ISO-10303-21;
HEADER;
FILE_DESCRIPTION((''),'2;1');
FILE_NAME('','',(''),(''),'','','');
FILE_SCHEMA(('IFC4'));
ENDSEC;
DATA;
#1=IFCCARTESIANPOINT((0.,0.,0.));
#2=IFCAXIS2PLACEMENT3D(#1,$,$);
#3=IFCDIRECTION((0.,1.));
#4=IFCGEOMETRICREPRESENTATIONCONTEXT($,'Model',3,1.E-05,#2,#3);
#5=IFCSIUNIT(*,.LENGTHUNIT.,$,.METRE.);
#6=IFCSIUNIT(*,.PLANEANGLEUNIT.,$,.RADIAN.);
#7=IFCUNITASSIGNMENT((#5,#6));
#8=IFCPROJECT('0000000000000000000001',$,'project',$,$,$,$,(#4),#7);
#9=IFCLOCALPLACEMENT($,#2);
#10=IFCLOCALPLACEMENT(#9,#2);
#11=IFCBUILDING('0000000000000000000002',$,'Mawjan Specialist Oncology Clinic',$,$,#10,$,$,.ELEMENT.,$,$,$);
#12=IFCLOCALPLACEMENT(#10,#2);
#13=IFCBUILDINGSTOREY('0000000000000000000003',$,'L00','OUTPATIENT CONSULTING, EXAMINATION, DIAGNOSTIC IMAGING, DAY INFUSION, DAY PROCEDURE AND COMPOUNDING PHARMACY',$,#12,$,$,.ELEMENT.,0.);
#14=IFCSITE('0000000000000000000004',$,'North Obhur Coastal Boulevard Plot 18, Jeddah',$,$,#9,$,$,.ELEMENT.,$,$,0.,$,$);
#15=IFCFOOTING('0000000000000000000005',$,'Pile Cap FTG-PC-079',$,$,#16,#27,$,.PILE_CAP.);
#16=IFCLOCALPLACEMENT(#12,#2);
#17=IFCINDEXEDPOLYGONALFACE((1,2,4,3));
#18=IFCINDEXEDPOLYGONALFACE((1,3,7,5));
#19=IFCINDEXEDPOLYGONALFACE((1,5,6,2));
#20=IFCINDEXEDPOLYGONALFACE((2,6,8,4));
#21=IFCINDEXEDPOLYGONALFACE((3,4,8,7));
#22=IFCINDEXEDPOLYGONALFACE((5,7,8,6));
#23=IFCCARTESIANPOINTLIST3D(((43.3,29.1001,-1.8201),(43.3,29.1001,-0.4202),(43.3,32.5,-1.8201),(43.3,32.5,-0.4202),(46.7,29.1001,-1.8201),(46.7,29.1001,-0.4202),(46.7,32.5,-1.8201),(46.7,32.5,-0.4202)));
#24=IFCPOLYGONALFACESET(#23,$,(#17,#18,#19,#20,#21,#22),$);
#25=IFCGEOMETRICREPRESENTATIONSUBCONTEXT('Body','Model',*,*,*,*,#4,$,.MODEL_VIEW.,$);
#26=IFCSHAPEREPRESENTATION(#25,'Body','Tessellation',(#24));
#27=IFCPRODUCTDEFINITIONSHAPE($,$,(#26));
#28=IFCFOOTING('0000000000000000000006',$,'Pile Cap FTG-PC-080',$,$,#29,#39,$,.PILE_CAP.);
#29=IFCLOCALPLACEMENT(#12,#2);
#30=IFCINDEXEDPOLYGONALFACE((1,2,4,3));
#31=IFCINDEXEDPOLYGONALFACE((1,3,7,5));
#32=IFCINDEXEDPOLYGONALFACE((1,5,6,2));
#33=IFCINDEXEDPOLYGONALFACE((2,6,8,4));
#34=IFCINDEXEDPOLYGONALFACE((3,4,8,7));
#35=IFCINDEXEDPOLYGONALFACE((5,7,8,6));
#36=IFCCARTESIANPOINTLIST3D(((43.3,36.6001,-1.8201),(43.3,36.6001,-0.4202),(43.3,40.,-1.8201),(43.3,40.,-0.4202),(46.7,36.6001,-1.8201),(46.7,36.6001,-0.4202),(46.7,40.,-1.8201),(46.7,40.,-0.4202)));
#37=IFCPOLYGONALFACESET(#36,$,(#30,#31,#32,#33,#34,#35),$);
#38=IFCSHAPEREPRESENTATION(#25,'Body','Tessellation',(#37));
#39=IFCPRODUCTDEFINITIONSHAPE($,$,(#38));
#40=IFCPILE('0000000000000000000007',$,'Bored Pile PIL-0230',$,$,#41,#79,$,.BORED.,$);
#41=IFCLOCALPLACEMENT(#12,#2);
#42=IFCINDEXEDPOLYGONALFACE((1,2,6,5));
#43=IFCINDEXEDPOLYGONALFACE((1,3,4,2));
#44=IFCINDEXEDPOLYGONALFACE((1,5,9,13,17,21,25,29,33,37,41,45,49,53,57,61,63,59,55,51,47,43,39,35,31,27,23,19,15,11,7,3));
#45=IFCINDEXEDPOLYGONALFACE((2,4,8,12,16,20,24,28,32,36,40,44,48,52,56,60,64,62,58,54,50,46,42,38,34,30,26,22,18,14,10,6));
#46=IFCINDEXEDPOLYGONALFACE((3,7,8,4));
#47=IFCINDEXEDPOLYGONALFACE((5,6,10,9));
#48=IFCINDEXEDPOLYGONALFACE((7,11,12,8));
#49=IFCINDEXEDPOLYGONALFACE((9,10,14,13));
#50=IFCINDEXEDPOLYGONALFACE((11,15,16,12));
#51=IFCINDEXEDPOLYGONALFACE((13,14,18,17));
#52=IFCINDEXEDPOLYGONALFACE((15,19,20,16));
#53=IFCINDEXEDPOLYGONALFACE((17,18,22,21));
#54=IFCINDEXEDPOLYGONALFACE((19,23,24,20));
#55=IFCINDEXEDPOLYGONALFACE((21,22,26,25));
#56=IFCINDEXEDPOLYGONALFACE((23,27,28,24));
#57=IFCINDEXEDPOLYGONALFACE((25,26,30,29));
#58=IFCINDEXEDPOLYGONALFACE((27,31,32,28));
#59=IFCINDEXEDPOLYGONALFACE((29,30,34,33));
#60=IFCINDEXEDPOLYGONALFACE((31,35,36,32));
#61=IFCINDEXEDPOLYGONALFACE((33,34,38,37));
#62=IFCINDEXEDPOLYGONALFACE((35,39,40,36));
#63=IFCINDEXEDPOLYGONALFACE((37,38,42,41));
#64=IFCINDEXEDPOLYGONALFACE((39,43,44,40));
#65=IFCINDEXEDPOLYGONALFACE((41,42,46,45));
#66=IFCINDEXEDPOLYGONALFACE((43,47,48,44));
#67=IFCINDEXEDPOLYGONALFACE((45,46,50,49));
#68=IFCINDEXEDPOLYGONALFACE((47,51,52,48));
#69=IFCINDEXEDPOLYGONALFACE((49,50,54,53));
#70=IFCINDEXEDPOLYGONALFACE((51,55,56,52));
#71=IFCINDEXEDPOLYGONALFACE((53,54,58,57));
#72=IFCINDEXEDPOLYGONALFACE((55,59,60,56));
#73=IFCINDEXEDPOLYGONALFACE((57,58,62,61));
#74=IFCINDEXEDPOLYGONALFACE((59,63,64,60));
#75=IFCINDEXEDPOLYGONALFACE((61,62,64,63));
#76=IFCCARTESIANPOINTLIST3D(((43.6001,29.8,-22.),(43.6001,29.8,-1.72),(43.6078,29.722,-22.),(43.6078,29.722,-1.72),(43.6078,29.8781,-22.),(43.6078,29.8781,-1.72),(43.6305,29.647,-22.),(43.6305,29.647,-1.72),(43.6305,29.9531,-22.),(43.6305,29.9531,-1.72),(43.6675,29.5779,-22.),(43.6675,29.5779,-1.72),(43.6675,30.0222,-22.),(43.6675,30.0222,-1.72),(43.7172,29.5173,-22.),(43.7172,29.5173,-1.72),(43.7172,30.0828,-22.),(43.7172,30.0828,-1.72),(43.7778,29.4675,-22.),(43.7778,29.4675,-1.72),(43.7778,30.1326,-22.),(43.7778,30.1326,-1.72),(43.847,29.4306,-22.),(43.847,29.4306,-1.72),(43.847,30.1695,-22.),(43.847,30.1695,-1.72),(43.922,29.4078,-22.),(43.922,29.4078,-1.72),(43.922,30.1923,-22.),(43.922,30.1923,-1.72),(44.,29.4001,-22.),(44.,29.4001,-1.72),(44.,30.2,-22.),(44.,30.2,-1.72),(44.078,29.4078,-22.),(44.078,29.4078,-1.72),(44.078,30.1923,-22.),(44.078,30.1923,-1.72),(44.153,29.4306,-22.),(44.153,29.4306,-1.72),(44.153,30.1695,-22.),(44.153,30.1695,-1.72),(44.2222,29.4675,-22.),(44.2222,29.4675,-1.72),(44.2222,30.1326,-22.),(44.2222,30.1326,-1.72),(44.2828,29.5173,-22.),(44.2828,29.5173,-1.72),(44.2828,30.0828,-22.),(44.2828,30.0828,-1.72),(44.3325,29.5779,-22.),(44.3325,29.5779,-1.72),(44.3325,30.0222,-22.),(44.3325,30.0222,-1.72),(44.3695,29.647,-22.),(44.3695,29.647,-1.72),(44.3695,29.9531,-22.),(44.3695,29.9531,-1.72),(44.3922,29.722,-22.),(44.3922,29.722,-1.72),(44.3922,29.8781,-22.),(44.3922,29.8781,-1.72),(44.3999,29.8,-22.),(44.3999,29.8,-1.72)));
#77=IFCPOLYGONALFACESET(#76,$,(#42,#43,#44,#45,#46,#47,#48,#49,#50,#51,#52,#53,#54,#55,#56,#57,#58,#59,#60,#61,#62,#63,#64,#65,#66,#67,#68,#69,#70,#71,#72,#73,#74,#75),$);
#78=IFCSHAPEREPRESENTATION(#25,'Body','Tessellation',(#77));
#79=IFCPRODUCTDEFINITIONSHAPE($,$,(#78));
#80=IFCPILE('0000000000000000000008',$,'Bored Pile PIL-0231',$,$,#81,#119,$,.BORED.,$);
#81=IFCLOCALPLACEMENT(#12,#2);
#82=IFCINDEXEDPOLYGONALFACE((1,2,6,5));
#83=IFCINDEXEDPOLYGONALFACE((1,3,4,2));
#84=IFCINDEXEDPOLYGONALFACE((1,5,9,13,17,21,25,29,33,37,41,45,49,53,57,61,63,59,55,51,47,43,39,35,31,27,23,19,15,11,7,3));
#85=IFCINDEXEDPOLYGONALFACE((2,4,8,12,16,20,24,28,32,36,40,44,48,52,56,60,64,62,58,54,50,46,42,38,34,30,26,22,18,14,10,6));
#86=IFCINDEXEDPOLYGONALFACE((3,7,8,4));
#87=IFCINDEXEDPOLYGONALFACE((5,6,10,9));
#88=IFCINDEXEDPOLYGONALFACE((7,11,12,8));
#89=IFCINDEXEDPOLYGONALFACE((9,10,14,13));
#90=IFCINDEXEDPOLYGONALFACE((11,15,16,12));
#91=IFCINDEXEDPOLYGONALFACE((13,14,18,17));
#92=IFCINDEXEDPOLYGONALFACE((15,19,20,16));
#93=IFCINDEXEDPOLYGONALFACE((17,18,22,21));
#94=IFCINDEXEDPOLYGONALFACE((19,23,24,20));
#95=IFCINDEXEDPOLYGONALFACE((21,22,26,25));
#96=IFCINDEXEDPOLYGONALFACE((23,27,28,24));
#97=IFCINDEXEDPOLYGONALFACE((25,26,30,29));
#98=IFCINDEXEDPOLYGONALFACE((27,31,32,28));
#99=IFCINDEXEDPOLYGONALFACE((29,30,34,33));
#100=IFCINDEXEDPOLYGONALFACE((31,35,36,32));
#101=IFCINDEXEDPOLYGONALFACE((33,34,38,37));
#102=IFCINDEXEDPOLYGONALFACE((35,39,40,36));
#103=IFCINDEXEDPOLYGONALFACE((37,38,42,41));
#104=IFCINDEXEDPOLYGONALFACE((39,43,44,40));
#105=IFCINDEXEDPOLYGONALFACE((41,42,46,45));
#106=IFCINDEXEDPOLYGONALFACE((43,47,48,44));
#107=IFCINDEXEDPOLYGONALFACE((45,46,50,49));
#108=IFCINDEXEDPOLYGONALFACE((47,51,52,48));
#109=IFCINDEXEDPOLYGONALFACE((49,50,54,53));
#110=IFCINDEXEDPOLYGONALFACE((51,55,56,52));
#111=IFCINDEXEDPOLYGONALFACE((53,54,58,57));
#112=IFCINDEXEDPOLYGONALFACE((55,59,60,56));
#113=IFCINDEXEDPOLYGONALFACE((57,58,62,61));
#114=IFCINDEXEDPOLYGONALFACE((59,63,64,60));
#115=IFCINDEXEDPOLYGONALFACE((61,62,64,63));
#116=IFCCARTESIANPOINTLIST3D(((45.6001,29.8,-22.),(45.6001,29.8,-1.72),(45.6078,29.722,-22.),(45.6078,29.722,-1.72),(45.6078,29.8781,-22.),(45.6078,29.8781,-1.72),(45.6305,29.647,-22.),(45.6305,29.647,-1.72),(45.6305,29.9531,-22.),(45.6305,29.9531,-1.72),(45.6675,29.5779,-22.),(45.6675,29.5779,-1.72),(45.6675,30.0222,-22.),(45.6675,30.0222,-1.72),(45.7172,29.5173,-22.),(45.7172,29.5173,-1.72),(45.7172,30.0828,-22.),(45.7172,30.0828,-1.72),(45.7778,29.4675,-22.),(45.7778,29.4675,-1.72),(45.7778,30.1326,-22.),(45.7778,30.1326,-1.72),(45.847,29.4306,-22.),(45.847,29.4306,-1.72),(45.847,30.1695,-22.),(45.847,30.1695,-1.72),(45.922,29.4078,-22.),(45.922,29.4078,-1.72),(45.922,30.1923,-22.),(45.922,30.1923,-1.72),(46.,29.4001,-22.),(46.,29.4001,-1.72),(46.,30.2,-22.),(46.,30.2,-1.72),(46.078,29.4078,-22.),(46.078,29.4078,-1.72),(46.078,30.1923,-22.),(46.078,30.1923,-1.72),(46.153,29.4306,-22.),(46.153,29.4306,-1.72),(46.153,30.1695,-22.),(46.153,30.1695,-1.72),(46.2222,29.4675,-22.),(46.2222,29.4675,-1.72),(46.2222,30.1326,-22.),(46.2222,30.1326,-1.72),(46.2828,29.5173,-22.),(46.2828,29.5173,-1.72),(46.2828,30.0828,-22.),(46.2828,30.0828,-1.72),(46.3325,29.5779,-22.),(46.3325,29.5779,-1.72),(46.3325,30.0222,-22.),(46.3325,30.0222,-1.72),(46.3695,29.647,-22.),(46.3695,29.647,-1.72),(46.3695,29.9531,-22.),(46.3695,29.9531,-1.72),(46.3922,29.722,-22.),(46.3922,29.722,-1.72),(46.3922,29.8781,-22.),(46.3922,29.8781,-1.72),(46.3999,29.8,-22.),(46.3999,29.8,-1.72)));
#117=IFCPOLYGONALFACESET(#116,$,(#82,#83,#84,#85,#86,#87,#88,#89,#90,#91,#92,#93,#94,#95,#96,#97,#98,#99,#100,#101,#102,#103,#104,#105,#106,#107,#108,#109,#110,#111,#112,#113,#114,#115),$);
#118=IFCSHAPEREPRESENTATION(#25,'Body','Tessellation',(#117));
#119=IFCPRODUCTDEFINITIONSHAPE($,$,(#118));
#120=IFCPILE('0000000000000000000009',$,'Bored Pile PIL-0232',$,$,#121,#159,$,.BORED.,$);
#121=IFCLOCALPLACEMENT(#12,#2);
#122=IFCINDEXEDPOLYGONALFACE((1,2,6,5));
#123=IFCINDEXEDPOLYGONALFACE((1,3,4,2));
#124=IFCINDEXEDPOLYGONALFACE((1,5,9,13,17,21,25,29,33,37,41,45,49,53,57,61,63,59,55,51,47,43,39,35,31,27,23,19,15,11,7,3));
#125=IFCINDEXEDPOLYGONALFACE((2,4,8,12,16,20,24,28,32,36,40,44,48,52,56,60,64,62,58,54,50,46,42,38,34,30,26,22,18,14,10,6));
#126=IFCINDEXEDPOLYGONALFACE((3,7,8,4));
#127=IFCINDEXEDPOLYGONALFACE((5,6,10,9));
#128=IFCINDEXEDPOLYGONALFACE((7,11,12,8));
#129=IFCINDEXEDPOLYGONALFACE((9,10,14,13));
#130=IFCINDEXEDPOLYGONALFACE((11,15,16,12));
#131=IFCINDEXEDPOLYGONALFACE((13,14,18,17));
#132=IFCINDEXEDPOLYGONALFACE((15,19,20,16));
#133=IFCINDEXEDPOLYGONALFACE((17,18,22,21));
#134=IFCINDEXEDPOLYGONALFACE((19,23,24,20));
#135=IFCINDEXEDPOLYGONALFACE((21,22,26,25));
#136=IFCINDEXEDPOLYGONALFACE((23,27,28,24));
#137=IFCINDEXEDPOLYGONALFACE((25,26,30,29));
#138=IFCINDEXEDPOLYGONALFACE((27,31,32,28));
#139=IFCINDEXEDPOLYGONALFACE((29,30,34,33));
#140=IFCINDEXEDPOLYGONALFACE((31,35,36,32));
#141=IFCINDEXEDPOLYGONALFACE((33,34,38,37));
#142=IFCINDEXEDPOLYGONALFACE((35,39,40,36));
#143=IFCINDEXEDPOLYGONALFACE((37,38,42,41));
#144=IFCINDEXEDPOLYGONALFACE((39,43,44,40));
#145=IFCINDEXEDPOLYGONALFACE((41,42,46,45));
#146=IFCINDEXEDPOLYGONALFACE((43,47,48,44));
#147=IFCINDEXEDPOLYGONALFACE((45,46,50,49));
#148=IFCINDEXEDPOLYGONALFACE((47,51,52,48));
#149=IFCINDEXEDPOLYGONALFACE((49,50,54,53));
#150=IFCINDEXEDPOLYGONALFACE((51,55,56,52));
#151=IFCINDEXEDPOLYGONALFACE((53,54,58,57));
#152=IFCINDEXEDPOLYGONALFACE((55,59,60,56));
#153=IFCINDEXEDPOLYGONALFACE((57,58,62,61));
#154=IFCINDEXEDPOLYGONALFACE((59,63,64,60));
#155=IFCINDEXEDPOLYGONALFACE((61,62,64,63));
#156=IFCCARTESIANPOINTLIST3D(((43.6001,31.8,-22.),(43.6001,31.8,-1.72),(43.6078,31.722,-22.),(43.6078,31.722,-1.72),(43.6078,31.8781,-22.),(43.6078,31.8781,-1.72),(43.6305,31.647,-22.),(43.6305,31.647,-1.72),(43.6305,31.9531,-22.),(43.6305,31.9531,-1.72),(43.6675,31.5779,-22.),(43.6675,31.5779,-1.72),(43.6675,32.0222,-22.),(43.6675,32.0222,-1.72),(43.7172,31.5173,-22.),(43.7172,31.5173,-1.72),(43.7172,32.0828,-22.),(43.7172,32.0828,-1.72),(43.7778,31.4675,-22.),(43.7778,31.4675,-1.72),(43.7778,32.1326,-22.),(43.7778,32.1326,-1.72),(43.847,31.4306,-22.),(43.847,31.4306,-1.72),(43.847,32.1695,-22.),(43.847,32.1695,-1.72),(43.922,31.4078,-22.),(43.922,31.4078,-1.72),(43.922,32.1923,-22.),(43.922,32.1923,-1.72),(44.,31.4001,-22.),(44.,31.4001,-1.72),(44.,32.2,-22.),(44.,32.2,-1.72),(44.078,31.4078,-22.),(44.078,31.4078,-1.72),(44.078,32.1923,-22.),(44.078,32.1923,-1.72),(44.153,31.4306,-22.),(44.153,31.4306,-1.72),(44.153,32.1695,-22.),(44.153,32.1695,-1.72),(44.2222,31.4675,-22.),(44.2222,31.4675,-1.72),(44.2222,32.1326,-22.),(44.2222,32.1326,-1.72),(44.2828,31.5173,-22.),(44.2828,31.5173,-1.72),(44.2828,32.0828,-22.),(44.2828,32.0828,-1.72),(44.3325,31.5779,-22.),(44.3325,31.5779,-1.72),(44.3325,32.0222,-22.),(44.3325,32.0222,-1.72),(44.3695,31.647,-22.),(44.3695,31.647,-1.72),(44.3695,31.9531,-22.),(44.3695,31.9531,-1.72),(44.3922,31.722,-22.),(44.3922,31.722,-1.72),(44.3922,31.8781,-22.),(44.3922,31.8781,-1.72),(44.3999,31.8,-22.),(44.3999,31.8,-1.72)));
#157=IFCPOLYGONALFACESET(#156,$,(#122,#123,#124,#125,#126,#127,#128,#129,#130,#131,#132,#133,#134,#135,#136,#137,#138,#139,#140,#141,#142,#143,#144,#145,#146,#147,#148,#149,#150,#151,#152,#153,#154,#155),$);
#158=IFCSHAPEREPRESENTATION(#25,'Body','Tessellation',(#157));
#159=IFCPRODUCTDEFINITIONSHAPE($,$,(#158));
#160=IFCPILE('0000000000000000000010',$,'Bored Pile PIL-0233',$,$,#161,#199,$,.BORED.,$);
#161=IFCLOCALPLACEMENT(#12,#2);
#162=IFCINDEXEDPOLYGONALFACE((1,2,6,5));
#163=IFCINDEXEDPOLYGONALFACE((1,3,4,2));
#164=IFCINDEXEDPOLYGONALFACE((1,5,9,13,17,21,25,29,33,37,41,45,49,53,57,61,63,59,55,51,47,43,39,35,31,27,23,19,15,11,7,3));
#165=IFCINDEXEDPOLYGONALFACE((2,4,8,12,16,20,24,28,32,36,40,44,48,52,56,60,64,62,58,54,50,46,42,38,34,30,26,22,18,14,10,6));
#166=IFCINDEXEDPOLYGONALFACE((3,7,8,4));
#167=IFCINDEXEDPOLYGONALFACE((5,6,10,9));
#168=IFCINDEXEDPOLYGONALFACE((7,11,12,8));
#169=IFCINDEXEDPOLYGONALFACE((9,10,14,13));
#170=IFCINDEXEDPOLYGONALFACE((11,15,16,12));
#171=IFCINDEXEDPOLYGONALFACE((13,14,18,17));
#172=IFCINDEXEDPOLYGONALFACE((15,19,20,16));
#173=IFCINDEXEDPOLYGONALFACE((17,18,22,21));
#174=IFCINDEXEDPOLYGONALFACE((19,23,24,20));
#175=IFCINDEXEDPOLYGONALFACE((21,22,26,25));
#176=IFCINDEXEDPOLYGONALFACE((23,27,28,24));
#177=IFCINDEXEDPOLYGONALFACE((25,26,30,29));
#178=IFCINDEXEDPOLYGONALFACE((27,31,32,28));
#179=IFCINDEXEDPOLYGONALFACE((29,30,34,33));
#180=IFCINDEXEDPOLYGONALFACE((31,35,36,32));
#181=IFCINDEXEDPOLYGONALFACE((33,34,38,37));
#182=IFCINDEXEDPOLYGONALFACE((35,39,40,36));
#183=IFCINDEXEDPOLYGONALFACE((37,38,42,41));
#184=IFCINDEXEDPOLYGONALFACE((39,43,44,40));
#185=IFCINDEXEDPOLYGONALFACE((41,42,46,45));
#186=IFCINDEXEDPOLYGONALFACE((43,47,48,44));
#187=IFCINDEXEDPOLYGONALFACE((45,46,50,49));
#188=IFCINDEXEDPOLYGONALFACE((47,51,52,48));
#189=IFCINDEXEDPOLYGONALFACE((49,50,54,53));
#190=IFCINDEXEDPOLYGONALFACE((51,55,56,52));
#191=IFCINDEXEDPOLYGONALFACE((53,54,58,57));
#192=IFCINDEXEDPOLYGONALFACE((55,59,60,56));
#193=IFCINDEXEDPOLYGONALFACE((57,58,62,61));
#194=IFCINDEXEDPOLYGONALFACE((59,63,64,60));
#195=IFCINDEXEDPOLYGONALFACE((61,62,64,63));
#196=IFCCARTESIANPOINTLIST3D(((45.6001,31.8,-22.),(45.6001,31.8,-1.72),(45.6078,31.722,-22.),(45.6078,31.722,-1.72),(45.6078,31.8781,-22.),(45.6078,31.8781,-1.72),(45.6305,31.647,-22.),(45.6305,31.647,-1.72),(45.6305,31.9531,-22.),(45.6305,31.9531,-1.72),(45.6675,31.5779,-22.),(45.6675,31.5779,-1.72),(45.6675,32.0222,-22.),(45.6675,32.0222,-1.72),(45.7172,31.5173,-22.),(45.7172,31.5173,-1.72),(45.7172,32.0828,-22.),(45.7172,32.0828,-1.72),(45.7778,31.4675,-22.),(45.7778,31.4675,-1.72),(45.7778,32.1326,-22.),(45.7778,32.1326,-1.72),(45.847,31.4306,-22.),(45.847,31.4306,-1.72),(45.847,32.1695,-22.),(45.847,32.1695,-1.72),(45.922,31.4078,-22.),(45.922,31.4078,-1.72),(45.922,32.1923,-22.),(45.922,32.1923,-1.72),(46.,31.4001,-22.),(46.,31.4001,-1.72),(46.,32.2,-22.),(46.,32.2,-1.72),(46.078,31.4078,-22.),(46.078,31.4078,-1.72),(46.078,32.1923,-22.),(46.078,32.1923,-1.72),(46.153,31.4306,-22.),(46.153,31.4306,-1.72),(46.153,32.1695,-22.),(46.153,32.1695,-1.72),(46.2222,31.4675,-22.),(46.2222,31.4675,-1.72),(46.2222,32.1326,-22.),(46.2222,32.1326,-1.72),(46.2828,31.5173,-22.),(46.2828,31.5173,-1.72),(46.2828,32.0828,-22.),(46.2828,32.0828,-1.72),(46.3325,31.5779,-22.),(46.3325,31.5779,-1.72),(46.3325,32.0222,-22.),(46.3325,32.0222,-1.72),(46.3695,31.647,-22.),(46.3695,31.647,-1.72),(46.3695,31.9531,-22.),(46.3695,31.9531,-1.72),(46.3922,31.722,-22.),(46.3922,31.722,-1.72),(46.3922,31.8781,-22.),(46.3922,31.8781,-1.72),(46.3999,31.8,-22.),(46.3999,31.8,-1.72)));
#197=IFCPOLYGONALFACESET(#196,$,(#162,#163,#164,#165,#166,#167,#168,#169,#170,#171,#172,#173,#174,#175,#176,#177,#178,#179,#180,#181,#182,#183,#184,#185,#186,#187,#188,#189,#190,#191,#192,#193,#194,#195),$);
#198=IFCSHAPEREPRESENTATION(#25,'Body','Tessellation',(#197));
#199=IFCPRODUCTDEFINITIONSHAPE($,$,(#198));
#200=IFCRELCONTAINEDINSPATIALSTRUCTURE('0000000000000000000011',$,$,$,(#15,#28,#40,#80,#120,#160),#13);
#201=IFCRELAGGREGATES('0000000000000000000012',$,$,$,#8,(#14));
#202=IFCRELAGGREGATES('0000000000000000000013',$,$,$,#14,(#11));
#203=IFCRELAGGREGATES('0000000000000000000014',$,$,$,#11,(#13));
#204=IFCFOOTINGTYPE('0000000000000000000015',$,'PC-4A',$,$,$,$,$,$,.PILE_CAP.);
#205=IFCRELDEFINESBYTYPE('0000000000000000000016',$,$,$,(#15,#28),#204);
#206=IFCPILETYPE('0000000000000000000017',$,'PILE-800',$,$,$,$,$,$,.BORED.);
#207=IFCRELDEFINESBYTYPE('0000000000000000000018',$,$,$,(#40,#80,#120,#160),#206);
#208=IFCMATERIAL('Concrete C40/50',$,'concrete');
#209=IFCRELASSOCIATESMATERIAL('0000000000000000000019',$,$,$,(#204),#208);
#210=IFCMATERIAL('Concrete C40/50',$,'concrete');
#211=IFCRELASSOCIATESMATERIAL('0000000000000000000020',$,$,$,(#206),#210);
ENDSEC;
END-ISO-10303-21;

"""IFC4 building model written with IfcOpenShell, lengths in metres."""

from ifc_helpers import new_model, si_unit, direction, frame, origin, origin_2d, place, context, subcontext, project, spatial, rectangle, circle, extrude, material, material_profile, profile_set, type_object, element, save


model = new_model("IFC4")

# Units and contexts
model_context = context("Model", 3, precision=1e-05, world=origin(), true_north=direction((0.0, 1.0)))
body_context = subcontext(model_context, "Body", "Model", "MODEL_VIEW")
ifc_project = project(units=[si_unit("LENGTHUNIT", "METRE"), si_unit("PLANEANGLEUNIT", "RADIAN")], contexts=[model_context])

# Site, building, storey
site_placement = place(None, origin())
site = spatial("IfcSite", under=ifc_project, at=site_placement, Name="North Obhur Coastal Boulevard Plot 18, Jeddah", CompositionType="ELEMENT", RefElevation=0.0)
building_placement = place(site_placement, origin())
building = spatial("IfcBuilding", under=site, at=building_placement, Name="Mawjan Specialist Oncology Clinic", CompositionType="ELEMENT")
storey_placement = place(building_placement, origin())
storey = spatial("IfcBuildingStorey", under=building, at=storey_placement, Name="L00", Description="OUTPATIENT CONSULTING, EXAMINATION, DIAGNOSTIC IMAGING, DAY INFUSION, DAY PROCEDURE AND COMPOUNDING PHARMACY", CompositionType="ELEMENT", Elevation=0.0)

# Footings
ifc_material_1 = material(Name="Concrete C40/50", Category="concrete")
footing_type_1 = type_object("IfcFootingType", Name="PC-4A", PredefinedType="PILE_CAP", material=ifc_material_1)
for number, where, z_axis, x_axis, name in (
    (1, (45.0, 30.8, -1.8201), (0.0, 0.0, 1.0), (1.0, 0.0, 0.0), "Pile Cap FTG-PC-079"),
    (2, (45.0, 38.3, -1.8201), (0.0, 0.0, 1.0), (1.0, 0.0, 0.0), "Pile Cap FTG-PC-080"),
):
    element("IfcFooting", number, at=place(storey_placement, frame(where, z_axis=z_axis, x_axis=x_axis)), inside=storey, type_object=footing_type_1, Name=name, PredefinedType="PILE_CAP", context=body_context, shape_type="SweptSolid", body=[
        extrude(rectangle(XDim=3.3999, YDim=3.3999, at=origin_2d()), origin(), (0.0, 0.0, 1.0), 1.3999),
    ])

# Piles
ifc_material_2 = material(Name="Concrete C40/50", Category="concrete")
ifc_material_profile_1 = material_profile(ifc_material_2, circle(Radius=0.3999, at=origin_2d()), Name="BORED PILE D800", Category="concrete")
ifc_profile_set_1 = profile_set([ifc_material_profile_1], Name="Concrete C40/50")
pile_type = type_object("IfcPileType", Name="PILE-800", PredefinedType="BORED", material=ifc_profile_set_1)
for number, where, z_axis, x_axis, name in (
    (3, (44.0, 29.8, -1.72), (0.0, 0.0, -1.0), (1.0, 0.0, 0.0), "Bored Pile PIL-0230"),
    (4, (46.0, 29.8, -1.72), (0.0, 0.0, -1.0), (1.0, 0.0, 0.0), "Bored Pile PIL-0231"),
    (5, (44.0, 31.8, -1.72), (0.0, 0.0, -1.0), (1.0, 0.0, 0.0), "Bored Pile PIL-0232"),
    (6, (46.0, 31.8, -1.72), (0.0, 0.0, -1.0), (1.0, 0.0, 0.0), "Bored Pile PIL-0233"),
):
    element("IfcPile", number, at=place(storey_placement, frame(where, z_axis=z_axis, x_axis=x_axis)), inside=storey, type_object=pile_type, Name=name, PredefinedType="BORED", context=body_context, shape_type="SweptSolid", body=[
        extrude(circle(Radius=0.3999, at=origin_2d()), origin(), (0.0, 0.0, 1.0), 20.28),
    ])

save(model, "model.ifc")
